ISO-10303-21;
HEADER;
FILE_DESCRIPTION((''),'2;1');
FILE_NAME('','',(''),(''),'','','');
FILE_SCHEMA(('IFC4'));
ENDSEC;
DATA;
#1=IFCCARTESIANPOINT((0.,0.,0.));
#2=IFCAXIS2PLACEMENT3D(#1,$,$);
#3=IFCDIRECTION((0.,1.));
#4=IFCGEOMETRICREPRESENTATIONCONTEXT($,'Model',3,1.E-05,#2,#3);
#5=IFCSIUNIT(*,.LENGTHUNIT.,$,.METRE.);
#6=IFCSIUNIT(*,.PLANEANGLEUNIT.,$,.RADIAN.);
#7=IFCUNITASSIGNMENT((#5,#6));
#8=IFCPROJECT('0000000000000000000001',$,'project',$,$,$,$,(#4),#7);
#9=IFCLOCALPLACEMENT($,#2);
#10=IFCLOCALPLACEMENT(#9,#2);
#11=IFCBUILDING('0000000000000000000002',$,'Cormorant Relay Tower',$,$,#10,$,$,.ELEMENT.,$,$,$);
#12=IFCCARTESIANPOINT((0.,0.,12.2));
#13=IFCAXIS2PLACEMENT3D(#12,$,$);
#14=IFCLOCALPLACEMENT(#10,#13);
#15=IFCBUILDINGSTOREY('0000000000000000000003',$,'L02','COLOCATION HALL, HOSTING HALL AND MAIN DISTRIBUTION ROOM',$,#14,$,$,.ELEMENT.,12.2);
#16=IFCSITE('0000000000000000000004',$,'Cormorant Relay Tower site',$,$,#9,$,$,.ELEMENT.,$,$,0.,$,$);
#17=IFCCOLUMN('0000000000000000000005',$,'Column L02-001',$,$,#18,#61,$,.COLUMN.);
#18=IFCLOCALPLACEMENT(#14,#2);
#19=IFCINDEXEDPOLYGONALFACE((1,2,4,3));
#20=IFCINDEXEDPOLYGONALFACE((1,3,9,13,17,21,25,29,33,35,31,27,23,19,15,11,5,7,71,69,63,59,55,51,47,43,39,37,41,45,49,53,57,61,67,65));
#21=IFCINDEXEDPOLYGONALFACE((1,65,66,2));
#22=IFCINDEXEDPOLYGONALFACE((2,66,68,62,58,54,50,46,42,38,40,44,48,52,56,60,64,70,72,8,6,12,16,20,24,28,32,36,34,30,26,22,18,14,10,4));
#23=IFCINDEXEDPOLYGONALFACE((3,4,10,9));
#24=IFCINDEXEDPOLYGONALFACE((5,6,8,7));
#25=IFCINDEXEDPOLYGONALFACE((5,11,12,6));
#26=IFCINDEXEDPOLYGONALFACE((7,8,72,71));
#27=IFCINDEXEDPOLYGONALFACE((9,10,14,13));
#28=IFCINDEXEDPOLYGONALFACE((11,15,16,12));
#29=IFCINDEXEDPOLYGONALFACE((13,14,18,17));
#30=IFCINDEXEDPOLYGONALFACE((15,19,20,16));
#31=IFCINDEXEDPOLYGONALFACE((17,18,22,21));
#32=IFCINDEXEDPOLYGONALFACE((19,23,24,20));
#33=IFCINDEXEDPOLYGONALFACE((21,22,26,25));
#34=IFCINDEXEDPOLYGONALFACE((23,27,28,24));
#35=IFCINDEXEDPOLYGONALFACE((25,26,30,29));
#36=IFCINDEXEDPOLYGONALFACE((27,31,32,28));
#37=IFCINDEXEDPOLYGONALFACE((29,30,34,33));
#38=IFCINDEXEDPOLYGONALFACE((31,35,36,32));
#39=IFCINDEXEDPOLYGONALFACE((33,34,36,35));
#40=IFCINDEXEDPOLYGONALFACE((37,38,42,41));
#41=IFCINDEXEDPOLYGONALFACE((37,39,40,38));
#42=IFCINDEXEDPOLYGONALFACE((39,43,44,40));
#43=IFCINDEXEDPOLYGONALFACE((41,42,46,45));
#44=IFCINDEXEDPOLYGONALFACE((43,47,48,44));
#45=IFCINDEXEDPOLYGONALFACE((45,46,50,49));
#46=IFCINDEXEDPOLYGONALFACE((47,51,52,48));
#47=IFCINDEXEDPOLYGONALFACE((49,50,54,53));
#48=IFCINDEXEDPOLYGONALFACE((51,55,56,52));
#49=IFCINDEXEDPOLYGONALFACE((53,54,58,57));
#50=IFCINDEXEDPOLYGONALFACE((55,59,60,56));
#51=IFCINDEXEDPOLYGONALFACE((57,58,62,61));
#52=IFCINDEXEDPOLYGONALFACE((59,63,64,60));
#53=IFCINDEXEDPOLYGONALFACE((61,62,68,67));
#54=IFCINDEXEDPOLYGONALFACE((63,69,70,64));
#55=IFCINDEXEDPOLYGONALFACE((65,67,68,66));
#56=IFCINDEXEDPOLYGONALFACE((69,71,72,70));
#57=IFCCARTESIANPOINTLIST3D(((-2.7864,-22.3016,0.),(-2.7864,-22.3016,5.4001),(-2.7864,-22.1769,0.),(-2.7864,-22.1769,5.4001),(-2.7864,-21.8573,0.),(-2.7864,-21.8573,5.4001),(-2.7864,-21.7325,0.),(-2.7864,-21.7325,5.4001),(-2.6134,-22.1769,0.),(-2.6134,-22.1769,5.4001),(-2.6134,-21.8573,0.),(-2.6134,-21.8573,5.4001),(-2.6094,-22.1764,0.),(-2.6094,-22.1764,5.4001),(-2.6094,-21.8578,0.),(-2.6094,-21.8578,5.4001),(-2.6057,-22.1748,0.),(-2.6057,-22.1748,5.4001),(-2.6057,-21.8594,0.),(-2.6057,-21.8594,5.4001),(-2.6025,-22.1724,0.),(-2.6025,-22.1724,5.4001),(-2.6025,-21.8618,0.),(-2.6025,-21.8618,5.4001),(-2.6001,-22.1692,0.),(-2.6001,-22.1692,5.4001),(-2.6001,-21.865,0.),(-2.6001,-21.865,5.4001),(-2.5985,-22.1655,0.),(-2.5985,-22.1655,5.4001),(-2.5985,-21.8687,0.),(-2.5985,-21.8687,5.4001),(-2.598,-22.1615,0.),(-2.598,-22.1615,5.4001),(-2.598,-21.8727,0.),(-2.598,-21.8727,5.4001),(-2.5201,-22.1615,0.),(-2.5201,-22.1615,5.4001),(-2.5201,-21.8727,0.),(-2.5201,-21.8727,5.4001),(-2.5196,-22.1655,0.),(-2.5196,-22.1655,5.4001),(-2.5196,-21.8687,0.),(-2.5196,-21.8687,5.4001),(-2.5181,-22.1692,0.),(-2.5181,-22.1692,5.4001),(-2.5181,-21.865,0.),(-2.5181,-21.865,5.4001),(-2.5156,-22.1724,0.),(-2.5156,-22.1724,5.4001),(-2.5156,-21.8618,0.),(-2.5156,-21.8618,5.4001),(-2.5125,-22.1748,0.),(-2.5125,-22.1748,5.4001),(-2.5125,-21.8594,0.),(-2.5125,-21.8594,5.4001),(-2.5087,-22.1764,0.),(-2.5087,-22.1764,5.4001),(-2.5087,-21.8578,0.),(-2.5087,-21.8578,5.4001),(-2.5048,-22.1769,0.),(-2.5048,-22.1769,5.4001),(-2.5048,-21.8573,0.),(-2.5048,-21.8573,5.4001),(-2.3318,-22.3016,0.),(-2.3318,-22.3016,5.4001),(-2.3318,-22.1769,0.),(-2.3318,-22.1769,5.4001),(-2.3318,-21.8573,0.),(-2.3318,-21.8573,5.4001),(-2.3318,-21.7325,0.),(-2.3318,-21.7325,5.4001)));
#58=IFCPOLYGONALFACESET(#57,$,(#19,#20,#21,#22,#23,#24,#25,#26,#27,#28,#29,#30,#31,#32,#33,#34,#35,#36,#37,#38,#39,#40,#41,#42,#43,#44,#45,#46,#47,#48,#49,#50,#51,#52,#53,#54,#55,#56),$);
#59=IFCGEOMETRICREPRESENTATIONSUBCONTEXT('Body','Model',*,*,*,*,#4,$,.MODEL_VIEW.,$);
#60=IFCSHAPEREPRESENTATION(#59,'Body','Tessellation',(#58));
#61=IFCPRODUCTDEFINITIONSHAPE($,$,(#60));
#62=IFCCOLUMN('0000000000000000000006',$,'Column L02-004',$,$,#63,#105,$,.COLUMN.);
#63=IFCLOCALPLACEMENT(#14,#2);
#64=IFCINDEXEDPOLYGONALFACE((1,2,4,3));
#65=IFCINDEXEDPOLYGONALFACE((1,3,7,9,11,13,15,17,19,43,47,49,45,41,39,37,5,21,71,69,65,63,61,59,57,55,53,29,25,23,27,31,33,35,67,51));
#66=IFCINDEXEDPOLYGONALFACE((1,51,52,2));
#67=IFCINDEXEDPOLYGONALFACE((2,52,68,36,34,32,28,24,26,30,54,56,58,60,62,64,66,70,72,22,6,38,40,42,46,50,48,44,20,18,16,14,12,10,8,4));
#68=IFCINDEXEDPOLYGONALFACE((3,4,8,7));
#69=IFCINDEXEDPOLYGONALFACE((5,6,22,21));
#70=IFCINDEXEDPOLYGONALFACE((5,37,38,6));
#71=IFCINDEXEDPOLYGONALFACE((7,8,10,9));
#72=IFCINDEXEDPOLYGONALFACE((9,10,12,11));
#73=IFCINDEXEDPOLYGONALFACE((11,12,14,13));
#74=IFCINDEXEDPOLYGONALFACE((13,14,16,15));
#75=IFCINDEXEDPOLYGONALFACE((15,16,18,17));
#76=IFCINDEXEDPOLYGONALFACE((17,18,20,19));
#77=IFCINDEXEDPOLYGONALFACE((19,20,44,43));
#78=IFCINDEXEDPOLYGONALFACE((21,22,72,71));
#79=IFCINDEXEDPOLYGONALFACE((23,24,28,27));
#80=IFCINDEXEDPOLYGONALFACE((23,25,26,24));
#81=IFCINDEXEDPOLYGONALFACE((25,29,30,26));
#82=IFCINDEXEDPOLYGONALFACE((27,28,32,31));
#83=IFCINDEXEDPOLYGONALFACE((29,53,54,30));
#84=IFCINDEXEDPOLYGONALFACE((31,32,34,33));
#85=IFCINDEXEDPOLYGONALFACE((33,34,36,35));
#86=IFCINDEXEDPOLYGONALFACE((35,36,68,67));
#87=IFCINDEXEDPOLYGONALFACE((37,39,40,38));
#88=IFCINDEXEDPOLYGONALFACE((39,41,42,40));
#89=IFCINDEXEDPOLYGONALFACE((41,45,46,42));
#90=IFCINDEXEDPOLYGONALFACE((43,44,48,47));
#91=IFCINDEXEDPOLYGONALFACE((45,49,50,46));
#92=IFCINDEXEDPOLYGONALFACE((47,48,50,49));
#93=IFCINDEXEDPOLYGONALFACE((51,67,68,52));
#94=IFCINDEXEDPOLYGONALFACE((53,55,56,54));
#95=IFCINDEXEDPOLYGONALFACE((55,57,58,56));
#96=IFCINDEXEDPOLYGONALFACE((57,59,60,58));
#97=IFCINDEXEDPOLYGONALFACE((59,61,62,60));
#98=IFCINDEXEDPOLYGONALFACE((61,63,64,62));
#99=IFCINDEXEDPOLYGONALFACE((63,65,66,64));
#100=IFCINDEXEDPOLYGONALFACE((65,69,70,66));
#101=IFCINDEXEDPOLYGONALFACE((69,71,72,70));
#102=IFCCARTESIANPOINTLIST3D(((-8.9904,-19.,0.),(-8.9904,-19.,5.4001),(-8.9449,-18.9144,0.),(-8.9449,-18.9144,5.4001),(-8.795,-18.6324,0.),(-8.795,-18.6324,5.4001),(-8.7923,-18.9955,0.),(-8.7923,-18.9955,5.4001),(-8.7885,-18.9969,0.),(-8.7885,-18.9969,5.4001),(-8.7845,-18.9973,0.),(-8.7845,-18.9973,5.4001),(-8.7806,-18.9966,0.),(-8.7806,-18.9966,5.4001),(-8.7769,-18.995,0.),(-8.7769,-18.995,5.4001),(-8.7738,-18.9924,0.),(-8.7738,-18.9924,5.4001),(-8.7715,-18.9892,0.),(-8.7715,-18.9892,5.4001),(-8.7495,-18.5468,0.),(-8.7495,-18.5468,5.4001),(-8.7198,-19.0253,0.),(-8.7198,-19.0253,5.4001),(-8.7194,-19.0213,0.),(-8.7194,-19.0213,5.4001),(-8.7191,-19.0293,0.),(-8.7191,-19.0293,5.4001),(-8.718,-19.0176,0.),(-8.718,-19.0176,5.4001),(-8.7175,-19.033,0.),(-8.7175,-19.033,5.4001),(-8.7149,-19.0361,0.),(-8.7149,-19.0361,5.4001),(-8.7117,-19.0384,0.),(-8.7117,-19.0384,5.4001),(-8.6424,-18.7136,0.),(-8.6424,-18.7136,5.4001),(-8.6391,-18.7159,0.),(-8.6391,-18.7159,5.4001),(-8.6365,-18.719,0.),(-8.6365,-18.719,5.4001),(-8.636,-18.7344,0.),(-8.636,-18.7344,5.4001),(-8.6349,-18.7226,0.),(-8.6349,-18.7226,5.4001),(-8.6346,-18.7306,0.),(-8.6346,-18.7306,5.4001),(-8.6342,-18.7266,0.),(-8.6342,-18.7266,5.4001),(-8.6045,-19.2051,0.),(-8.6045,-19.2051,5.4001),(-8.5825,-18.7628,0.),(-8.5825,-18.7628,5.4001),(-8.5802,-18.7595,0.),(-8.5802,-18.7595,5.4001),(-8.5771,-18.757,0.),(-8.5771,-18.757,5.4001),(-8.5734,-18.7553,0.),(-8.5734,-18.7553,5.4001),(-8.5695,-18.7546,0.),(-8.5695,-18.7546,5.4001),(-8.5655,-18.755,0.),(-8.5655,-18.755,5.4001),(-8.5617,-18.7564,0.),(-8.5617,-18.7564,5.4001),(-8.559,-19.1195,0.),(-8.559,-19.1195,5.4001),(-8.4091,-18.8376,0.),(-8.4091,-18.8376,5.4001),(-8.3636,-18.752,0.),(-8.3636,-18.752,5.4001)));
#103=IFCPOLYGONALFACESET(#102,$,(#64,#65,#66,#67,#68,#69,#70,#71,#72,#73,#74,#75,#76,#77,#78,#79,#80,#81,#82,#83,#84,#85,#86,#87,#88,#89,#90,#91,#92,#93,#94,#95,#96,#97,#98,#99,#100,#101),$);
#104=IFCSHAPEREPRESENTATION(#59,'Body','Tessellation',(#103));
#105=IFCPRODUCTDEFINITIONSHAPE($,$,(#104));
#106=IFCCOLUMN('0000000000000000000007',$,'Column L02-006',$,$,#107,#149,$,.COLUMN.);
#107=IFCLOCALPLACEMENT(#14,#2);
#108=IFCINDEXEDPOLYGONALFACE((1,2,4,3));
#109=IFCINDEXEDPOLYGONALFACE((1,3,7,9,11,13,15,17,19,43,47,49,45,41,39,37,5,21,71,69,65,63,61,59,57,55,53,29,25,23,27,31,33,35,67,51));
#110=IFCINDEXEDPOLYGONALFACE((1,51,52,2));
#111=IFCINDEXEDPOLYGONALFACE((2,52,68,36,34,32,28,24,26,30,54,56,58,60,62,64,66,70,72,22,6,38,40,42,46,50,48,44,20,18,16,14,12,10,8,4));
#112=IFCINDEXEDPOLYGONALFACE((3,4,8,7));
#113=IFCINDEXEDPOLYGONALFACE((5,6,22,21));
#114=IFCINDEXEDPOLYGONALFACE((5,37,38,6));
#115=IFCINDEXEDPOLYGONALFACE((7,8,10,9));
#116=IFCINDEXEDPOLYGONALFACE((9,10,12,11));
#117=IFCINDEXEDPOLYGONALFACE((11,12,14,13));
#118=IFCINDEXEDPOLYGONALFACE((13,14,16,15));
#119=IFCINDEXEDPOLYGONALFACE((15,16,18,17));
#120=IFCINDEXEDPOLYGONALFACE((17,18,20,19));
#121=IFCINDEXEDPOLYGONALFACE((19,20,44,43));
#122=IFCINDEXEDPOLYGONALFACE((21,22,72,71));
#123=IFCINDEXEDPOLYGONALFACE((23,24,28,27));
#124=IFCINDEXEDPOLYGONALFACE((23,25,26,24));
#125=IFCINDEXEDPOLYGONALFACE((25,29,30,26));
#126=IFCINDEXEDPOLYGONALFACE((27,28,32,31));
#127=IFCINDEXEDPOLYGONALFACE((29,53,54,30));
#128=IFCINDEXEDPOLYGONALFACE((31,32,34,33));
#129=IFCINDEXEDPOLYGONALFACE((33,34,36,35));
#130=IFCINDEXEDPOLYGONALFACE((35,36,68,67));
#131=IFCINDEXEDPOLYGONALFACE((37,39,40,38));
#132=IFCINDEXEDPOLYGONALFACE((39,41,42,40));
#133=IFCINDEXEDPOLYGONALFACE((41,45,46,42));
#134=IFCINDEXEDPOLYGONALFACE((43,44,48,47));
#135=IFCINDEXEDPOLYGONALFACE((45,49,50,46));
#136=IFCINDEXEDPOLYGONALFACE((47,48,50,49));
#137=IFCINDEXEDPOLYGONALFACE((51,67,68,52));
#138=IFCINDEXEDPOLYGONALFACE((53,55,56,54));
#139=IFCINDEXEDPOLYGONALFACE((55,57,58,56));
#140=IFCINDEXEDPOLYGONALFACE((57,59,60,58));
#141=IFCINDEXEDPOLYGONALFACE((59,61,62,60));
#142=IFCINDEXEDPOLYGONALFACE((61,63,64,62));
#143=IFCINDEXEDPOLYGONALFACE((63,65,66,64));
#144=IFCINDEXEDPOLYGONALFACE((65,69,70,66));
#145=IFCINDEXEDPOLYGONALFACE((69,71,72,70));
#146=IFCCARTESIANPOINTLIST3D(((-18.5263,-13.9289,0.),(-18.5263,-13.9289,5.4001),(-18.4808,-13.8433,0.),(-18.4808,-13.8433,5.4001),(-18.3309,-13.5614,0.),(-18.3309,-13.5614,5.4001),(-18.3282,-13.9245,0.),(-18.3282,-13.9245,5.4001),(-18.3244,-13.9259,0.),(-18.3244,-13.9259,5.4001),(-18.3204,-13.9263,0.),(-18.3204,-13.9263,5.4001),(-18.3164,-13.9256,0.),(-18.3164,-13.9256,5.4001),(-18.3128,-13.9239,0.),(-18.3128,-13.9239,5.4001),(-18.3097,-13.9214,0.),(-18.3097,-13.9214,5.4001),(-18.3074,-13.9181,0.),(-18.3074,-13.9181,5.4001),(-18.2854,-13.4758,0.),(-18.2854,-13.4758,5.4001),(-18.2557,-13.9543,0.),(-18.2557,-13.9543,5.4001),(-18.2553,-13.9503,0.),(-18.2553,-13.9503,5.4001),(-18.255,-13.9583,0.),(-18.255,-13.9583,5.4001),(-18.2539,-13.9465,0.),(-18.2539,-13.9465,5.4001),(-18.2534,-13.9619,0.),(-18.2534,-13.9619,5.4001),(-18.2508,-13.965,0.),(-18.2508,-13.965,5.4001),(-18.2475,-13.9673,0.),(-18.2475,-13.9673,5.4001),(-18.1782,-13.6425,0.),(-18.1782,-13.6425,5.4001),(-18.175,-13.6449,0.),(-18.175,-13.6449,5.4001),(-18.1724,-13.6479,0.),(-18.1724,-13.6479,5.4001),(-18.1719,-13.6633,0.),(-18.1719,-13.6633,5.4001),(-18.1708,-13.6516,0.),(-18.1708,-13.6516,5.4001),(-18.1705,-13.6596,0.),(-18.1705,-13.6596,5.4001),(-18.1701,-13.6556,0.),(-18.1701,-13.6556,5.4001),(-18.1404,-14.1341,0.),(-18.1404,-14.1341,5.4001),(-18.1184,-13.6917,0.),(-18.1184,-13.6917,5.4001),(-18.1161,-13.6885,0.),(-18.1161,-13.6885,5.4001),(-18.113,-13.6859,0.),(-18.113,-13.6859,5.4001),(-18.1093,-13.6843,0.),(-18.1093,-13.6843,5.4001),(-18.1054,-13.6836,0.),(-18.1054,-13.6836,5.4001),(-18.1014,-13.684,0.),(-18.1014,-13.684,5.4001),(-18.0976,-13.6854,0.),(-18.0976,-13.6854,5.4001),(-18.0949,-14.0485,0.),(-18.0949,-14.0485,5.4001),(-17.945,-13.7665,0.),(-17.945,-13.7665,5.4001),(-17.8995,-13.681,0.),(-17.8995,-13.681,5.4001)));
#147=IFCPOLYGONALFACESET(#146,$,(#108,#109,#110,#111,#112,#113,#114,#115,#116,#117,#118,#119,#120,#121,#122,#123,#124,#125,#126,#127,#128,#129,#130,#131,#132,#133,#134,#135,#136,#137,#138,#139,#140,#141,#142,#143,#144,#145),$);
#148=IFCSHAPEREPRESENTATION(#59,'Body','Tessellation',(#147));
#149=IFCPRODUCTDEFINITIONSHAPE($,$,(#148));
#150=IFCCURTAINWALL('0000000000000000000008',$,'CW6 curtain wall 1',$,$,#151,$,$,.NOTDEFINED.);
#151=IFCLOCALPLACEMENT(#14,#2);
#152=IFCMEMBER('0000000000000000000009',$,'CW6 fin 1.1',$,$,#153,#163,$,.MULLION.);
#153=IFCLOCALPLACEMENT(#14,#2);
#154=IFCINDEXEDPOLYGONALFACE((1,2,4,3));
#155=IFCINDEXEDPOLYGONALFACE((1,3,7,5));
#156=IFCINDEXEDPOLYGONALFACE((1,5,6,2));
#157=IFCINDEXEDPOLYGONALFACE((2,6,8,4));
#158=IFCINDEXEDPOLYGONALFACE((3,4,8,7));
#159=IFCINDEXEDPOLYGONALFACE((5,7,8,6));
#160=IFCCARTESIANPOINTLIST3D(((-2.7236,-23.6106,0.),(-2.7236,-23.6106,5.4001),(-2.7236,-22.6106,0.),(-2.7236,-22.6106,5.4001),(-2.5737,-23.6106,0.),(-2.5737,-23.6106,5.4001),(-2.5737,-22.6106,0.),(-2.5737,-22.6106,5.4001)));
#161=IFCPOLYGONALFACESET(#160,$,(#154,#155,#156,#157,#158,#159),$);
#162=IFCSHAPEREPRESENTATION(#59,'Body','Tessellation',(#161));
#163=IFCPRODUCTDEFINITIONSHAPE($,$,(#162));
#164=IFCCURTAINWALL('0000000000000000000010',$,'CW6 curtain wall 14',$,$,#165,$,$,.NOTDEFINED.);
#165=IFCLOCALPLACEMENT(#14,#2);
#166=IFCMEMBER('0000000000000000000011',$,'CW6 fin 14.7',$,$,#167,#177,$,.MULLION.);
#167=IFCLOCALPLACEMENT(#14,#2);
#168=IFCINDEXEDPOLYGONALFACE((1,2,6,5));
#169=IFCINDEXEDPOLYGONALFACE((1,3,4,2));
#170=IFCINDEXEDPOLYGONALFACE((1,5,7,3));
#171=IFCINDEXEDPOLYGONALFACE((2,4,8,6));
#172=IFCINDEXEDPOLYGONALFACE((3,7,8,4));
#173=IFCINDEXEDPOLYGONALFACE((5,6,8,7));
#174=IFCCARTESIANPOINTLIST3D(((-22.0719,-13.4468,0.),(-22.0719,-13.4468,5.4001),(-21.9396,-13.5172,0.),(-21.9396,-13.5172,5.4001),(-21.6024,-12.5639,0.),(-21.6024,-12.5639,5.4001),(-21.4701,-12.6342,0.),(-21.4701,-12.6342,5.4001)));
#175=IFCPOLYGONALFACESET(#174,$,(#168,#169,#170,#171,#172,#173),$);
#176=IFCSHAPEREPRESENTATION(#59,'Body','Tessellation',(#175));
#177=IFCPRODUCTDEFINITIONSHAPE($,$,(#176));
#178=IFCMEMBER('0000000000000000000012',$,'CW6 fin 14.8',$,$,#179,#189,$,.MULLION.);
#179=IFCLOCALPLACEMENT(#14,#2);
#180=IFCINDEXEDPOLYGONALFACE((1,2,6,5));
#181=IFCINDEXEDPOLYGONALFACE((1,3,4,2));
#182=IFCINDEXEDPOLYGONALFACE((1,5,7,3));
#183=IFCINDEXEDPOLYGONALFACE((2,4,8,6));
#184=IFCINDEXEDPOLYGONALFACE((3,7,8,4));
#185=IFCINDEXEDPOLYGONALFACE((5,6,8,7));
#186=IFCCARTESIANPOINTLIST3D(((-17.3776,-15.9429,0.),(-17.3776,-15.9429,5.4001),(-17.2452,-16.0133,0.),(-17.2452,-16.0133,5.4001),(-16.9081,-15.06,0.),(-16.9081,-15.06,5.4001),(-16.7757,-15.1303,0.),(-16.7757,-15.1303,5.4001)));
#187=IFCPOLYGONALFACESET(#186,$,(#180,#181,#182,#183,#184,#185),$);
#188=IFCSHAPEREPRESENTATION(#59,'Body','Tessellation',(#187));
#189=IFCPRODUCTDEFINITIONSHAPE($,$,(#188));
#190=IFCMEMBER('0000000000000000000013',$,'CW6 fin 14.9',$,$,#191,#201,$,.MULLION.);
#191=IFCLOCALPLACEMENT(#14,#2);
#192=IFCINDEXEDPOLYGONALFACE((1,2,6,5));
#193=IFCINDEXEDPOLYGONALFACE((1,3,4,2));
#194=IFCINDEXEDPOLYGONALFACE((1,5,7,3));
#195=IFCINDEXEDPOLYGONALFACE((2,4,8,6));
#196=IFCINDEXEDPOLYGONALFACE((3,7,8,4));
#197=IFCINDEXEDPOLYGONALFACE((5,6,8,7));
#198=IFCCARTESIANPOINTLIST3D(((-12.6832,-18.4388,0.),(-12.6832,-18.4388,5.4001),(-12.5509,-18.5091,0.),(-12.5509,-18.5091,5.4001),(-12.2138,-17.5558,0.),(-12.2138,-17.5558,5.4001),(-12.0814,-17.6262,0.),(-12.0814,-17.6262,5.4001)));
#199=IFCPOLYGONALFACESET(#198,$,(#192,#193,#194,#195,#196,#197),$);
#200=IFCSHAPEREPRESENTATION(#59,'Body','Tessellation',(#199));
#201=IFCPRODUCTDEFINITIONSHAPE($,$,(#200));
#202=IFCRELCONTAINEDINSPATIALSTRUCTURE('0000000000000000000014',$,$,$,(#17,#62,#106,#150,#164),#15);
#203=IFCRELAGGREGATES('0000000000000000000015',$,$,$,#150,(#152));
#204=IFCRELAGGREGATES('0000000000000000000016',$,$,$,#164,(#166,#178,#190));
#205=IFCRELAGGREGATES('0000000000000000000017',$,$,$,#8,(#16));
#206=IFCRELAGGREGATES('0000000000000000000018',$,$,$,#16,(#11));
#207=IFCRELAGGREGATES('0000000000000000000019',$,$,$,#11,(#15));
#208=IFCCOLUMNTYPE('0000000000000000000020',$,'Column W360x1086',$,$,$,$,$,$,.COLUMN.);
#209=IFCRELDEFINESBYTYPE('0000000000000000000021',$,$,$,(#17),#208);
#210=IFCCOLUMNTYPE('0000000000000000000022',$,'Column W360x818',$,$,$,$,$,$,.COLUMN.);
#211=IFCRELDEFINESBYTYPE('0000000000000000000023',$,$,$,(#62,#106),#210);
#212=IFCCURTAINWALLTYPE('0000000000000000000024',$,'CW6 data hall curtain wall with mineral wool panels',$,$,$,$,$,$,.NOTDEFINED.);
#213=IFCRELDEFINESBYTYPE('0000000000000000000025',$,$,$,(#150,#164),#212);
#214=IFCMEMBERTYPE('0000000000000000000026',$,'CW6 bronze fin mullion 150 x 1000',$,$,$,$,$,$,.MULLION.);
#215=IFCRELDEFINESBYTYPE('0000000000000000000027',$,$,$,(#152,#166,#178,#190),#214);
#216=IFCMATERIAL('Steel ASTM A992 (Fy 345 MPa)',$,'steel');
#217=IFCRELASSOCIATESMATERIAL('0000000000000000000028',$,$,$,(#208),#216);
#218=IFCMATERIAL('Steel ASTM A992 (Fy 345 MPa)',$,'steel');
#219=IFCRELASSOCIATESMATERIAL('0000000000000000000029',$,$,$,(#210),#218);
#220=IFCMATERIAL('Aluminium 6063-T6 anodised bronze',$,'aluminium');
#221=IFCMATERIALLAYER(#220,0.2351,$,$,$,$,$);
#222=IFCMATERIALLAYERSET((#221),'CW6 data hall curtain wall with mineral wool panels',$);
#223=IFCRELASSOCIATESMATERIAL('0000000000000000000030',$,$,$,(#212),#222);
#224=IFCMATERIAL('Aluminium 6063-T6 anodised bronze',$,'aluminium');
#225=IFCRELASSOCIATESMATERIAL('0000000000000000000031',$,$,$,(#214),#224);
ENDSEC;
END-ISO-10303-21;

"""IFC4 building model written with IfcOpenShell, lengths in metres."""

from ifc_helpers import new_model, si_unit, direction, frame, origin, origin_2d, place, context, subcontext, project, spatial, rectangle, i_section, extrude, material, layer, layer_set, material_profile, profile_set, type_object, element, aggregate, save


model = new_model("IFC4")

# Units and contexts
model_context = context("Model", 3, precision=1e-05, world=origin(), true_north=direction((0.0, 1.0)))
body_context = subcontext(model_context, "Body", "Model", "MODEL_VIEW")
ifc_project = project(units=[si_unit("LENGTHUNIT", "METRE"), si_unit("PLANEANGLEUNIT", "RADIAN")], contexts=[model_context])

# Site, building, storey
site_placement = place(None, origin())
site = spatial("IfcSite", under=ifc_project, at=site_placement, Name="Cormorant Relay Tower site", CompositionType="ELEMENT", RefElevation=0.0)
building_placement = place(site_placement, origin())
building = spatial("IfcBuilding", under=site, at=building_placement, Name="Cormorant Relay Tower", CompositionType="ELEMENT")
storey_placement = place(building_placement, frame((0.0, 0.0, 12.2)))
storey = spatial("IfcBuildingStorey", under=building, at=storey_placement, Name="L02", Description="COLOCATION HALL, HOSTING HALL AND MAIN DISTRIBUTION ROOM", CompositionType="ELEMENT", Elevation=12.2)

# Columns
ifc_material_1 = material(Name="Steel ASTM A992 (Fy 345 MPa)", Category="steel")
ifc_material_profile_1 = material_profile(ifc_material_1, i_section(OverallWidth=0.4546, OverallDepth=0.5691, WebThickness=0.0779, FlangeThickness=0.1248, FilletRadius=0.0154, at=origin_2d()), Name="W360x1086")
ifc_profile_set_1 = profile_set([ifc_material_profile_1], Name="Steel ASTM A992 (Fy 345 MPa)")
column_type_1 = type_object("IfcColumnType", Name="Column W360x1086", PredefinedType="COLUMN", material=ifc_profile_set_1)
column_placement = place(storey_placement, frame((-2.5591, -22.0171, 0.0), z_axis=(0.0, 0.0, 1.0), x_axis=(1.0, 0.0, 0.0)))
element("IfcColumn", 1, at=column_placement, inside=storey, type_object=column_type_1, Name="Column L02-001", PredefinedType="COLUMN", context=body_context, shape_type="SweptSolid", body=[
    extrude(i_section(OverallWidth=0.4546, OverallDepth=0.5691, WebThickness=0.0779, FlangeThickness=0.1248, FilletRadius=0.0154, at=origin_2d()), origin(), (0.0, 0.0, 1.0), 5.4001),
])
ifc_material_2 = material(Name="Steel ASTM A992 (Fy 345 MPa)", Category="steel")
ifc_material_profile_2 = material_profile(ifc_material_2, i_section(OverallWidth=0.437, OverallDepth=0.5132, WebThickness=0.0605, FlangeThickness=0.0969, FilletRadius=0.0154, at=origin_2d()), Name="W360x818")
ifc_profile_set_2 = profile_set([ifc_material_profile_2], Name="Steel ASTM A992 (Fy 345 MPa)")
column_type_2 = type_object("IfcColumnType", Name="Column W360x818", PredefinedType="COLUMN", material=ifc_profile_set_2)
for number, where, z_axis, x_axis, name in (
    (2, (-8.677, -18.876, 0.0), (0.0, 0.0, 1.0), (0.882948, -0.469472, 0.0), "Column L02-004"),
    (3, (-18.2129, -13.8049, 0.0), (0.0, 0.0, 1.0), (0.882948, -0.469472, 0.0), "Column L02-006"),
):
    element("IfcColumn", number, at=place(storey_placement, frame(where, z_axis=z_axis, x_axis=x_axis)), inside=storey, type_object=column_type_2, Name=name, PredefinedType="COLUMN", context=body_context, shape_type="SweptSolid", body=[
        extrude(i_section(OverallWidth=0.437, OverallDepth=0.5132, WebThickness=0.0605, FlangeThickness=0.0969, FilletRadius=0.0154, at=origin_2d()), origin(), (0.0, 0.0, 1.0), 5.4001),
    ])

# Curtain wall, member
ifc_material_3 = material(Name="Aluminium 6063-T6 anodised bronze", Category="aluminium")
ifc_layer_1 = layer(ifc_material_3, 0.2351)
ifc_layer_set_1 = layer_set([ifc_layer_1], Name="CW6 data hall curtain wall with mineral wool panels")
curtain_wall_type = type_object("IfcCurtainWallType", Name="CW6 data hall curtain wall with mineral wool panels", PredefinedType="NOTDEFINED", material=ifc_layer_set_1)
curtain_wall_1_placement = place(storey_placement, origin())
curtain_wall_1 = element("IfcCurtainWall", 4, at=curtain_wall_1_placement, inside=storey, type_object=curtain_wall_type, Name="CW6 curtain wall 1", PredefinedType="NOTDEFINED")
ifc_material_4 = material(Name="Aluminium 6063-T6 anodised bronze", Category="aluminium")
ifc_material_profile_3 = material_profile(ifc_material_4, rectangle(XDim=0.1499, YDim=1.0, at=origin_2d()), Name="AL 150x1000")
ifc_profile_set_3 = profile_set([ifc_material_profile_3], Name="Aluminium 6063-T6 anodised bronze")
member_type_1 = type_object("IfcMemberType", Name="CW6 bronze fin mullion 150 x 1000", PredefinedType="MULLION", material=ifc_profile_set_3)
member_1_placement = place(storey_placement, frame((-2.6487, -23.1106, 0.0), z_axis=(0.0, 0.0, 1.0), x_axis=(1.0, 0.0, 0.0)))
member_1 = element("IfcMember", 5, at=member_1_placement, type_object=member_type_1, Name="CW6 fin 1.1", PredefinedType="MULLION", context=body_context, shape_type="SweptSolid", body=[
    extrude(rectangle(XDim=0.1499, YDim=1.0, at=origin_2d()), origin(), (0.0, 0.0, 1.0), 5.4001),
])

# Curtain wall, members
curtain_wall_2_placement = place(storey_placement, origin())
curtain_wall_2 = element("IfcCurtainWall", 6, at=curtain_wall_2_placement, inside=storey, type_object=curtain_wall_type, Name="CW6 curtain wall 14", PredefinedType="NOTDEFINED")
member_2_placement = place(storey_placement, frame((-21.771, -13.0405, 0.0), z_axis=(0.0, 0.0, 1.0), x_axis=(0.882948, -0.469472, 0.0)))
member_2 = element("IfcMember", 7, at=member_2_placement, type_object=member_type_1, Name="CW6 fin 14.7", PredefinedType="MULLION", context=body_context, shape_type="SweptSolid", body=[
    extrude(rectangle(XDim=0.1499, YDim=1.0, at=origin_2d()), origin(), (0.0, 0.0, 1.0), 5.4001),
])
member_3_placement = place(storey_placement, frame((-17.0767, -15.5366, 0.0), z_axis=(0.0, 0.0, 1.0), x_axis=(0.882948, -0.469472, 0.0)))
member_3 = element("IfcMember", 8, at=member_3_placement, type_object=member_type_1, Name="CW6 fin 14.8", PredefinedType="MULLION", context=body_context, shape_type="SweptSolid", body=[
    extrude(rectangle(XDim=0.1499, YDim=1.0, at=origin_2d()), origin(), (0.0, 0.0, 1.0), 5.4001),
])
member_4_placement = place(storey_placement, frame((-12.3823, -18.0325, 0.0), z_axis=(0.0, 0.0, 1.0), x_axis=(0.882948, -0.469472, 0.0)))
member_4 = element("IfcMember", 9, at=member_4_placement, type_object=member_type_1, Name="CW6 fin 14.9", PredefinedType="MULLION", context=body_context, shape_type="SweptSolid", body=[
    extrude(rectangle(XDim=0.1499, YDim=1.0, at=origin_2d()), origin(), (0.0, 0.0, 1.0), 5.4001),
])

aggregate(curtain_wall_1, [member_1])

aggregate(curtain_wall_2, [member_2, member_3, member_4])

save(model, "model.ifc")
